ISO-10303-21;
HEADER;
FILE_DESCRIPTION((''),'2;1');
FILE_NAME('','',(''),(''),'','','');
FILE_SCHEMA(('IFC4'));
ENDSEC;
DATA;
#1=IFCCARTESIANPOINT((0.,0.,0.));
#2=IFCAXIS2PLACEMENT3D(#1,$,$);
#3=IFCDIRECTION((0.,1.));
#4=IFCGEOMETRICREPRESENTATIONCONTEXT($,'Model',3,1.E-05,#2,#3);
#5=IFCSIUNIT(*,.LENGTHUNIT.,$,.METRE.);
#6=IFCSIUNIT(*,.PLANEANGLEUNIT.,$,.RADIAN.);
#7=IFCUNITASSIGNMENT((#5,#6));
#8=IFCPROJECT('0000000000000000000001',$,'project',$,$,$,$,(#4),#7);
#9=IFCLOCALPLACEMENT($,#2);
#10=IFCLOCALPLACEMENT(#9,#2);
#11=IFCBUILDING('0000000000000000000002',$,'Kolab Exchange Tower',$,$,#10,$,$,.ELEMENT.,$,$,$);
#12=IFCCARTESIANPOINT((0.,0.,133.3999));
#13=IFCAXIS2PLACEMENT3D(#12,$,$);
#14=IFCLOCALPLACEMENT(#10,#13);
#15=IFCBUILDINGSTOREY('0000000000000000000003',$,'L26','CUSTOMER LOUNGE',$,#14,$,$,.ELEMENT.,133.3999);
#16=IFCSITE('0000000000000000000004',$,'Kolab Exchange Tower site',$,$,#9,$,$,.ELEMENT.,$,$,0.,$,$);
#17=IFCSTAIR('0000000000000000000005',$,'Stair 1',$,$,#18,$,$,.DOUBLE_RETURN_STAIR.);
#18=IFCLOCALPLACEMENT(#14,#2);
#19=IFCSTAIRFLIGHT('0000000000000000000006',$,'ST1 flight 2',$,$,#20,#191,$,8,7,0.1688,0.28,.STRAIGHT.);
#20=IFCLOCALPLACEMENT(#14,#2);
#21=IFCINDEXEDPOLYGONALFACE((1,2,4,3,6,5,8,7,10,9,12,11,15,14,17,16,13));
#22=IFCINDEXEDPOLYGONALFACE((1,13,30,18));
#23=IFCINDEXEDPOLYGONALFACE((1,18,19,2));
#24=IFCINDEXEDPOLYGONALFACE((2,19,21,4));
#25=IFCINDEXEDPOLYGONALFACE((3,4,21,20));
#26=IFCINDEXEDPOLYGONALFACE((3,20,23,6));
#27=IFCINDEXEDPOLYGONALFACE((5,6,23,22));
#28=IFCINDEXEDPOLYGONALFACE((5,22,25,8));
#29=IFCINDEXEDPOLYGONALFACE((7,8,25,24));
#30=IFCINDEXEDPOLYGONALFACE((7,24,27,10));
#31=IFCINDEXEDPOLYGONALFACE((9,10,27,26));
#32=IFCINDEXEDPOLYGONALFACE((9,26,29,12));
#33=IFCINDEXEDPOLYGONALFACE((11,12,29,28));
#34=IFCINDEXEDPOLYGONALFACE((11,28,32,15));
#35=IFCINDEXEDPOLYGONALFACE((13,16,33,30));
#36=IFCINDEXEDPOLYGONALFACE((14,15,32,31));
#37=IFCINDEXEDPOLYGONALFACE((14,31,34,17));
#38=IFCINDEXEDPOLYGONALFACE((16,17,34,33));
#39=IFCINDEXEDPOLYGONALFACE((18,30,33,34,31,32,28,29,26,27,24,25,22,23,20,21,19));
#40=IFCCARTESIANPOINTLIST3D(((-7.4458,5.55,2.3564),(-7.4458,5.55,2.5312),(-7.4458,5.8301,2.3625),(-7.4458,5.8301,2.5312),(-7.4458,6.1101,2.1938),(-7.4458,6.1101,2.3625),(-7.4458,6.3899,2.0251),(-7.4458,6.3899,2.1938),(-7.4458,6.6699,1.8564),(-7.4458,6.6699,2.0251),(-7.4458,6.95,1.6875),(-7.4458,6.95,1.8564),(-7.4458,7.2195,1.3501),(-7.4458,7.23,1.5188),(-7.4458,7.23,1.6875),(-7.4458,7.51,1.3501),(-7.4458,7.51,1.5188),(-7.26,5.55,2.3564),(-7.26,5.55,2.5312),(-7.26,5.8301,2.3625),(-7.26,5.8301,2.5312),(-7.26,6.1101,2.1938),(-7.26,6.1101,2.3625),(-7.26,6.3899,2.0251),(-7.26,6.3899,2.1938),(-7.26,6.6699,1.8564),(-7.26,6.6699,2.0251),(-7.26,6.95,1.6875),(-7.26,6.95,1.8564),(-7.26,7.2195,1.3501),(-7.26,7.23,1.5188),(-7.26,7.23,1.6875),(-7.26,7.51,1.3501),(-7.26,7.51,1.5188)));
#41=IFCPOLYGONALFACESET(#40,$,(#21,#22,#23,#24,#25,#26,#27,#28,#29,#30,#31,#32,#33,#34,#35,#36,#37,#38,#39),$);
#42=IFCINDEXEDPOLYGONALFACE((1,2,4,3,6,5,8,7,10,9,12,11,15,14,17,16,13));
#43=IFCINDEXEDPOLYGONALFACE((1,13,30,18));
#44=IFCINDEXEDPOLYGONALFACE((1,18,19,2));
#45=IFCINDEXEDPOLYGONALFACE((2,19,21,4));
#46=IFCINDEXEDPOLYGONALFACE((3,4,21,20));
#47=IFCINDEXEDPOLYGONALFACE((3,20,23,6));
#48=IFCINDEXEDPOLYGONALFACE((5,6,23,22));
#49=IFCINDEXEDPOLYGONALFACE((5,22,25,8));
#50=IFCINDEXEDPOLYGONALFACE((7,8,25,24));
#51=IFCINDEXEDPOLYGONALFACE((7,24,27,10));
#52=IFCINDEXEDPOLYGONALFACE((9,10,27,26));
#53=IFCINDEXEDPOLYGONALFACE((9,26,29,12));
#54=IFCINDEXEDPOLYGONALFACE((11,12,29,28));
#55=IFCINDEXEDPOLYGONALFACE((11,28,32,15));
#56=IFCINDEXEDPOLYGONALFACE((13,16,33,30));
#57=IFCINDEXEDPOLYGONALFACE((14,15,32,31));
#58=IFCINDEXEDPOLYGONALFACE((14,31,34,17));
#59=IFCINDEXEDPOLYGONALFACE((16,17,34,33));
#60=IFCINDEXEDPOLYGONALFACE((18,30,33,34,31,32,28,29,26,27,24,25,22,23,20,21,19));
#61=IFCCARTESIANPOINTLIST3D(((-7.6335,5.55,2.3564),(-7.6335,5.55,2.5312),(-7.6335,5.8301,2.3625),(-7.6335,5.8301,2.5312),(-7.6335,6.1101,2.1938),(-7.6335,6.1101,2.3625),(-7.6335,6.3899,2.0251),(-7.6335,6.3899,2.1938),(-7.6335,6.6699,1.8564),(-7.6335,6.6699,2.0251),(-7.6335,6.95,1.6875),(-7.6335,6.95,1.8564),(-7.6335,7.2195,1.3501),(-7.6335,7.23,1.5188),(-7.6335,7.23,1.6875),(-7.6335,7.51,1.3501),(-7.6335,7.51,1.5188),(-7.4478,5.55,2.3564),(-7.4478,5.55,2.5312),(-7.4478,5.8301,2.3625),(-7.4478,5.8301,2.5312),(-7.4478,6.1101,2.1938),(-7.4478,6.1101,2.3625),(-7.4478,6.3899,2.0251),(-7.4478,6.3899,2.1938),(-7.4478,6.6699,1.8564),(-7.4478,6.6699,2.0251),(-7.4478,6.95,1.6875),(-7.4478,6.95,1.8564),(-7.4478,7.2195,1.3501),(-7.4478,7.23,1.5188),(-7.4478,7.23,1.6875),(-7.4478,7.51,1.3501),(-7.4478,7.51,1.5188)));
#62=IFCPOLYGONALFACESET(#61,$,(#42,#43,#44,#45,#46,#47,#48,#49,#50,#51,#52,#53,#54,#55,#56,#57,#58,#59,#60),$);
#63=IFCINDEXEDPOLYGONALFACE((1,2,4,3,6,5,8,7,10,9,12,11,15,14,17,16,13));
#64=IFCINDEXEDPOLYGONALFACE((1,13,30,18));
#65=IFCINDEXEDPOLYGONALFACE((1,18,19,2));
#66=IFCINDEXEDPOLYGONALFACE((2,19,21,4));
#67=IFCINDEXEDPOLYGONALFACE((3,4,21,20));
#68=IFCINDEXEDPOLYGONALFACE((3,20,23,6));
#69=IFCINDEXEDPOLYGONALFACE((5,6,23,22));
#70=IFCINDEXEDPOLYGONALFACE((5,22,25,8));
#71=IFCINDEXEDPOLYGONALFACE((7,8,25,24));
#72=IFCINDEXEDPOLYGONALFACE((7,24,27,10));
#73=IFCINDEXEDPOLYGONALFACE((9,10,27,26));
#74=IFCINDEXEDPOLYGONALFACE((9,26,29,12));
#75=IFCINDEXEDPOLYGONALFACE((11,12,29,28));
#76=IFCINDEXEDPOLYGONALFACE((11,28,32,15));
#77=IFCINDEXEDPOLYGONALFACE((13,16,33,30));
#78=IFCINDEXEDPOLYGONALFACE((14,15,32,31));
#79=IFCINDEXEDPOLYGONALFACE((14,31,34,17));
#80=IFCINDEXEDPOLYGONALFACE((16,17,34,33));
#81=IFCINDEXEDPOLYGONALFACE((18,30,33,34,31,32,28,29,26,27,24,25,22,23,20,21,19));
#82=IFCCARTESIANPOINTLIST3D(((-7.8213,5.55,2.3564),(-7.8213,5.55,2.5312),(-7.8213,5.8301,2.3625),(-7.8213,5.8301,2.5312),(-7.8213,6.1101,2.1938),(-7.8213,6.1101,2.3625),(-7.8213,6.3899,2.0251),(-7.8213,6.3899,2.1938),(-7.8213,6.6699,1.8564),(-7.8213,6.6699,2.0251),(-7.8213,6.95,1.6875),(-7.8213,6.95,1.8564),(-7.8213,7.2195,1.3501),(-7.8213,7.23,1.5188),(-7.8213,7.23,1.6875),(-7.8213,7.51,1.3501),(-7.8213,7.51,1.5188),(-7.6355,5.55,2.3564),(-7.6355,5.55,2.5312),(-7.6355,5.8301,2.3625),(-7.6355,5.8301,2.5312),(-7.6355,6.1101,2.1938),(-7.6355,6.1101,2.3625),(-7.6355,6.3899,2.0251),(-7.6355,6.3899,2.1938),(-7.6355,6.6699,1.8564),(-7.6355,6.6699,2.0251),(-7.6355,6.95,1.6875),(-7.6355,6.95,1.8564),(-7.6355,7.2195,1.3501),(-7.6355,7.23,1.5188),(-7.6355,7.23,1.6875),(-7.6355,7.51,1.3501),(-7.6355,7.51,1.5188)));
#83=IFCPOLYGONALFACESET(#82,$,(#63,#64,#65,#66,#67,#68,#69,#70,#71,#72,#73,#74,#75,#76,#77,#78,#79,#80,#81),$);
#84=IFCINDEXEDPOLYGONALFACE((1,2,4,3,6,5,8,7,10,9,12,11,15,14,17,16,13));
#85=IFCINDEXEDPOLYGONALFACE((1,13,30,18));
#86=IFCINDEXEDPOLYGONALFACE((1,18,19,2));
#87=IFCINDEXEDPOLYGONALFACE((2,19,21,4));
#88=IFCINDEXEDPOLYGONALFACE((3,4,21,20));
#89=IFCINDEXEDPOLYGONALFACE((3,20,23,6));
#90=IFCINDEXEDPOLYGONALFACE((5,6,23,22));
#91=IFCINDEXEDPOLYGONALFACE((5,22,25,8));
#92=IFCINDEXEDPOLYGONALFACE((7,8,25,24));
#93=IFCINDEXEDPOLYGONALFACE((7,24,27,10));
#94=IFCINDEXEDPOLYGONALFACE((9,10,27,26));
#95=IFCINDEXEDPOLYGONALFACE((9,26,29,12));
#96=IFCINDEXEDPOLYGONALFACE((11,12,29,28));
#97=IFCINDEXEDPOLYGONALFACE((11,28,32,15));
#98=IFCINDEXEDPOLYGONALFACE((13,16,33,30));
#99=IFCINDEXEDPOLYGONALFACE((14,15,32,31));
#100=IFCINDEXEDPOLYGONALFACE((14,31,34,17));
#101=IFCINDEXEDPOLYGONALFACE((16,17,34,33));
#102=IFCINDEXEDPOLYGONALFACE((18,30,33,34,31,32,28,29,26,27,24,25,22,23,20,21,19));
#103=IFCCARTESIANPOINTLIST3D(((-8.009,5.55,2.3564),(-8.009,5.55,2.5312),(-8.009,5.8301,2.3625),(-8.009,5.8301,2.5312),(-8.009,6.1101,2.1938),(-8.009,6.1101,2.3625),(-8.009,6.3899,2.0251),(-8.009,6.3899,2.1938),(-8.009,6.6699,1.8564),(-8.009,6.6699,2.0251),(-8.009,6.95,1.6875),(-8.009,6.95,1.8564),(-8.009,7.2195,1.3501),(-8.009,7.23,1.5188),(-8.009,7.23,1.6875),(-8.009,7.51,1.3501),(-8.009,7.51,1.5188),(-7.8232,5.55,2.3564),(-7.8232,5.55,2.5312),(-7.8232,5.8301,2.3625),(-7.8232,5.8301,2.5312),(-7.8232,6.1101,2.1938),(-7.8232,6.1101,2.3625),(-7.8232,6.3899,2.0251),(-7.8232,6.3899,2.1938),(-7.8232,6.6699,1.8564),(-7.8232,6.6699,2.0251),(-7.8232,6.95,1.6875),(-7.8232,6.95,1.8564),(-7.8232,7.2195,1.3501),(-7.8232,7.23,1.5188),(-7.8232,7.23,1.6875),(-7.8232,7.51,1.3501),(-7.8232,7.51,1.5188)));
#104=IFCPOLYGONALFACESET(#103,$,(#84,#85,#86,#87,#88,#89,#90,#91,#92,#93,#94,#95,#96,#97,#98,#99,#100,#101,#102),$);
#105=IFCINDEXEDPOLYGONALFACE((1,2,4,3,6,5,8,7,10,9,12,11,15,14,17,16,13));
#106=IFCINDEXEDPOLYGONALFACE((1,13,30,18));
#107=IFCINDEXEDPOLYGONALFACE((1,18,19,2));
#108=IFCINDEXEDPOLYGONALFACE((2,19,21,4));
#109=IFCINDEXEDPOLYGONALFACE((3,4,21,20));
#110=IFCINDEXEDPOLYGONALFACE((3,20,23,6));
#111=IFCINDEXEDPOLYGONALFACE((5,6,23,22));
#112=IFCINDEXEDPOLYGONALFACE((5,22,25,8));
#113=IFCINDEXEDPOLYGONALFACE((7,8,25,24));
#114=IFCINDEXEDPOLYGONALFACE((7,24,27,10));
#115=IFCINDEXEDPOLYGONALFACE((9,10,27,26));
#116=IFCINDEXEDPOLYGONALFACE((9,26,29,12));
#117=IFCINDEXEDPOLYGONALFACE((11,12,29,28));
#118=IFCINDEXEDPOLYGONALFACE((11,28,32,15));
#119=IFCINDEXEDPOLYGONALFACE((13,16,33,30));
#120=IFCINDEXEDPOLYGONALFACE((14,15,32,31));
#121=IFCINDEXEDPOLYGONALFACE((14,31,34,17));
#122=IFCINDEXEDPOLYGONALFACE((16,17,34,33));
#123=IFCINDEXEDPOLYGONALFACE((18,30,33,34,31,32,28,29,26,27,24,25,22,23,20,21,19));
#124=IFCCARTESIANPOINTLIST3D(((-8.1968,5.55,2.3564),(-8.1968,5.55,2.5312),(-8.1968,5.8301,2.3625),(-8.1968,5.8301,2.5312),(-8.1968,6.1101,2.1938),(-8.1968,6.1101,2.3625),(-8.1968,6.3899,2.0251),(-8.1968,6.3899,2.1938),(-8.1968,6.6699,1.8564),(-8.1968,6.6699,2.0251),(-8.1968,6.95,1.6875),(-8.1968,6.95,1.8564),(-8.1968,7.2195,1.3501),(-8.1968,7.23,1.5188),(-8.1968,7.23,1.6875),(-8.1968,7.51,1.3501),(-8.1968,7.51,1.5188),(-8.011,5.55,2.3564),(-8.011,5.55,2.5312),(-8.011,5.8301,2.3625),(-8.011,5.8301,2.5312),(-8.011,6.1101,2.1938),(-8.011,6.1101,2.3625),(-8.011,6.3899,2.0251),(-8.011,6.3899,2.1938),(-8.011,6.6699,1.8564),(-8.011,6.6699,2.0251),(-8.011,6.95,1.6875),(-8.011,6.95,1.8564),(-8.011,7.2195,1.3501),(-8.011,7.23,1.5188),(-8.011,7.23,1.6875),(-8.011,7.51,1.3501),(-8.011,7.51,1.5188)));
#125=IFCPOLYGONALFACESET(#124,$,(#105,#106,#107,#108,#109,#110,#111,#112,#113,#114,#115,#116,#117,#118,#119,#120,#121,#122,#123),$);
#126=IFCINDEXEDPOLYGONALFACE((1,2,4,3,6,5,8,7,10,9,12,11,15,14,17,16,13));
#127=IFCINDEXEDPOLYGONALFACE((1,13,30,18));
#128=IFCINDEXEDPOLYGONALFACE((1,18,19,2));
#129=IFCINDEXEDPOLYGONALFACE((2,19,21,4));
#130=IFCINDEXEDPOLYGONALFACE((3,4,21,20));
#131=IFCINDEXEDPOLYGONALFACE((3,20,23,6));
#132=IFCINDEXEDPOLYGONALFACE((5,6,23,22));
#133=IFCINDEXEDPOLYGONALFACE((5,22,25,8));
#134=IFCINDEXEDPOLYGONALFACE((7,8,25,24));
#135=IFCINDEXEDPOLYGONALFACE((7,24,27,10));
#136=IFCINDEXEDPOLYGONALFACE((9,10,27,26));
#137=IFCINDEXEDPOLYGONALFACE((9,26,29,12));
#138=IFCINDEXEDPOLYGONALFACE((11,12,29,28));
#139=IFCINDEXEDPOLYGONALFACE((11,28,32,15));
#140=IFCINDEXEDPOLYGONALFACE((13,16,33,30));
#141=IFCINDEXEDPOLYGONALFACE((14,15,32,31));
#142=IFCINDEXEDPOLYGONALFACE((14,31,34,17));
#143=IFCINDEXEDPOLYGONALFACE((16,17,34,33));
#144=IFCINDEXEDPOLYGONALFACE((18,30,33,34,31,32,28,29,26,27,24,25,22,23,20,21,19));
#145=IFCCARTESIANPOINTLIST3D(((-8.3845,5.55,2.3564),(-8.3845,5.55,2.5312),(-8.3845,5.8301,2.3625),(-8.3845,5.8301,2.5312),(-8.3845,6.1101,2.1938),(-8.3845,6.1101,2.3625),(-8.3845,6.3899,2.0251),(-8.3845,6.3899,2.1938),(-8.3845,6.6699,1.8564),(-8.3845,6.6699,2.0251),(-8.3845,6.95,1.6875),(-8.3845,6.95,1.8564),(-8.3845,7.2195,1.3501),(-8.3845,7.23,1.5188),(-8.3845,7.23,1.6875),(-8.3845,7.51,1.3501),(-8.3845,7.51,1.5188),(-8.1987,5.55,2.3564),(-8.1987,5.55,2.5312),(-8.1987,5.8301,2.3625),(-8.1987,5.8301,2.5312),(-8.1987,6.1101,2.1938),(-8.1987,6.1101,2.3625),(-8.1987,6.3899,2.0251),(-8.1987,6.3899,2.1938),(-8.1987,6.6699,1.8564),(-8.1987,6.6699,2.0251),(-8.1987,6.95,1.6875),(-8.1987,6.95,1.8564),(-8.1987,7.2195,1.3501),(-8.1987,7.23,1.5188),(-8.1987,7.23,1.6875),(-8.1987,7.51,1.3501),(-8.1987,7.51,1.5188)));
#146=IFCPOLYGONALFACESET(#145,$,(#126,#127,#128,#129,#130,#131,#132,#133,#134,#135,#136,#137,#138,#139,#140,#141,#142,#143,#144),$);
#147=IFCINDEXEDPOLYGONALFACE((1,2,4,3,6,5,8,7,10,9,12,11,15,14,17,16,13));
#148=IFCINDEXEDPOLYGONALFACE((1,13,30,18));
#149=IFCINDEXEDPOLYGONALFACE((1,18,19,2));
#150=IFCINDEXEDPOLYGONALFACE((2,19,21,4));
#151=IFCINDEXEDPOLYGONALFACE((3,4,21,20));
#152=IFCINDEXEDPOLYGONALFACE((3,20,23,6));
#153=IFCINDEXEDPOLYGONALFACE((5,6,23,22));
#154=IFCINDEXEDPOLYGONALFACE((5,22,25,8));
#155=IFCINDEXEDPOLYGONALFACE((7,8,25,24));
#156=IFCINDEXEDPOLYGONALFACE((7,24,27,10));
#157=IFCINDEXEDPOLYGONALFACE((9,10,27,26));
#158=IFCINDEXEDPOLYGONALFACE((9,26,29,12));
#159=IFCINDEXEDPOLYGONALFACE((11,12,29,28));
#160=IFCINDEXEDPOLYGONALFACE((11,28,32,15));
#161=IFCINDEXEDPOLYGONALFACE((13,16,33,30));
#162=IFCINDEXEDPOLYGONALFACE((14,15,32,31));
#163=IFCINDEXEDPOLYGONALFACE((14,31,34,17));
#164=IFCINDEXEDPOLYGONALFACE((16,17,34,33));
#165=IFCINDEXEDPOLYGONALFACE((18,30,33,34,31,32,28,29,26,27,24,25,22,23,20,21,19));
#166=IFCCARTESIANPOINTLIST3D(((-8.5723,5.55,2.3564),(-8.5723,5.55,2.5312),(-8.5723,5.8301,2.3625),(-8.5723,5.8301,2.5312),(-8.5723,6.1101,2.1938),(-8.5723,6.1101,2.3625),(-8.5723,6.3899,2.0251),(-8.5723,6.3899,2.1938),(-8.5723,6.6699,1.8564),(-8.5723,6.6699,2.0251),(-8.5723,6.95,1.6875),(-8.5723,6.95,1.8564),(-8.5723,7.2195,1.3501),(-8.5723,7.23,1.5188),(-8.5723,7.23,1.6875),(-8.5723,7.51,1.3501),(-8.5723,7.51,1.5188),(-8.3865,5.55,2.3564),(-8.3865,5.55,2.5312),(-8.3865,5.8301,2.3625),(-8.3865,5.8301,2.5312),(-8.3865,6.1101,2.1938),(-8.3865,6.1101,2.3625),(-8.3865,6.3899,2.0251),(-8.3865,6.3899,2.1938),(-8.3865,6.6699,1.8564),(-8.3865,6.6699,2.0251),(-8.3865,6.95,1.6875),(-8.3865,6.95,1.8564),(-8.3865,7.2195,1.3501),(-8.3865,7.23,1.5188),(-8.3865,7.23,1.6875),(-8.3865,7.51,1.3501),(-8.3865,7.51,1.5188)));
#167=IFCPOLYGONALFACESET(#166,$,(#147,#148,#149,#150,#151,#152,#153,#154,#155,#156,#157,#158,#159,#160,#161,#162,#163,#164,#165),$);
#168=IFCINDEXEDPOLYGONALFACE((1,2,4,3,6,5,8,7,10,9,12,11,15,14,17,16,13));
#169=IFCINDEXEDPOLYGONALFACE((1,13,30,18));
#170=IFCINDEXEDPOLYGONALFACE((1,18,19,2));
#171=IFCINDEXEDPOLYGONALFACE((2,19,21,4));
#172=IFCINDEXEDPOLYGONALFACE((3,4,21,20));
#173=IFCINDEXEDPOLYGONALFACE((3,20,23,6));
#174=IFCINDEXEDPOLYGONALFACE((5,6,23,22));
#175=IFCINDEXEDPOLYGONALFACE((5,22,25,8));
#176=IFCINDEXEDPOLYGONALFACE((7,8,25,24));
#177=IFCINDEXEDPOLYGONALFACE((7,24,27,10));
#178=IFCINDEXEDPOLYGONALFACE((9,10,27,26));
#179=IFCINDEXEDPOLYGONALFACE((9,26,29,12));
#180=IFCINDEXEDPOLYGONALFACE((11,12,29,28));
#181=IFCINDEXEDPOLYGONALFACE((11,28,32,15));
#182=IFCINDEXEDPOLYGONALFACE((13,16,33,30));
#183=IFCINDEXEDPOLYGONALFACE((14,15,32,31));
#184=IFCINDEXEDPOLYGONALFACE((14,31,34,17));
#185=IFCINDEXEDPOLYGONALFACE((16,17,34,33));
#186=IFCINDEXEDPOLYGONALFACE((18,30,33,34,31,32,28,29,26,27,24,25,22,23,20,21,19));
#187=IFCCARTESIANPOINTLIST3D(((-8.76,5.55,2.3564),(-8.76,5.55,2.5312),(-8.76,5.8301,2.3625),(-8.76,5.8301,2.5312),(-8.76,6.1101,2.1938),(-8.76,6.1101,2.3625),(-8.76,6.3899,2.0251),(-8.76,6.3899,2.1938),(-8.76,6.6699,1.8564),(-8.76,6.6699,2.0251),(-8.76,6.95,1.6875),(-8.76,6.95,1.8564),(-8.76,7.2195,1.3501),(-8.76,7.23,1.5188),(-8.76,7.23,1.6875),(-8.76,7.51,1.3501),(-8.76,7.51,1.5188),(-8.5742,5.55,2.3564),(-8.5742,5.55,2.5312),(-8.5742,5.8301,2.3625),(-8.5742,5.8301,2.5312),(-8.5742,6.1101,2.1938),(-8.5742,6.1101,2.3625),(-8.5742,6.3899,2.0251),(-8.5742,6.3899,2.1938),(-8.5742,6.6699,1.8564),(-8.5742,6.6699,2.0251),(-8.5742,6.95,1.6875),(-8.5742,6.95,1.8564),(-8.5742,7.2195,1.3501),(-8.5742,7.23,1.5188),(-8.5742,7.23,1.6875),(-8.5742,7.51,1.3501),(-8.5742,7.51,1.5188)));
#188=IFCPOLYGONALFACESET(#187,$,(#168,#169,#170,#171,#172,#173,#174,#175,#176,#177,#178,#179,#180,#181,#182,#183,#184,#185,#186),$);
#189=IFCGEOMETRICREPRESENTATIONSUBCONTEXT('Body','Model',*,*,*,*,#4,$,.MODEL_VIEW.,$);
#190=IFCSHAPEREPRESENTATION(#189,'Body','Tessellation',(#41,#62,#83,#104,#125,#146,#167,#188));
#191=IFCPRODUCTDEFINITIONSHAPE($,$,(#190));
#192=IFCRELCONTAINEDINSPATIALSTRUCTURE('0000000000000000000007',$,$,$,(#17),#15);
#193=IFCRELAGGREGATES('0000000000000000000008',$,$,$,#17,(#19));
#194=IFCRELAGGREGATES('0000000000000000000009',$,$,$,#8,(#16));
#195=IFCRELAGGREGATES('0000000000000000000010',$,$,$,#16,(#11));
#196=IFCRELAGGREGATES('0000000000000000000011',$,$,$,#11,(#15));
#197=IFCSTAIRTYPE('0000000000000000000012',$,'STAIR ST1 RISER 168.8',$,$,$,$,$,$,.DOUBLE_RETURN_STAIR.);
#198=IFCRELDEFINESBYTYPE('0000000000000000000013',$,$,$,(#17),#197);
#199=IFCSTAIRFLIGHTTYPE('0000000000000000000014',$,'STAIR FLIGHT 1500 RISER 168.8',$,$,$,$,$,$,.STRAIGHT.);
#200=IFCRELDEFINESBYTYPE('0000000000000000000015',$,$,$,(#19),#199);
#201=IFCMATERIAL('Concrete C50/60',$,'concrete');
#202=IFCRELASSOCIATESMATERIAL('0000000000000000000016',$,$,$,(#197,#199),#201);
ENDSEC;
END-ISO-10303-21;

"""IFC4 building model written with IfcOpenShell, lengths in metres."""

from ifc_helpers import new_model, si_unit, direction, frame, origin, place, context, subcontext, project, spatial, polyline, outline, extrude, material, type_object, element, aggregate, save


model = new_model("IFC4")

# Units and contexts
model_context = context("Model", 3, precision=1e-05, world=origin(), true_north=direction((0.0, 1.0)))
body_context = subcontext(model_context, "Body", "Model", "MODEL_VIEW")
ifc_project = project(units=[si_unit("LENGTHUNIT", "METRE"), si_unit("PLANEANGLEUNIT", "RADIAN")], contexts=[model_context])

# Site, building, storey
site_placement = place(None, origin())
site = spatial("IfcSite", under=ifc_project, at=site_placement, Name="Kolab Exchange Tower site", CompositionType="ELEMENT", RefElevation=0.0)
building_placement = place(site_placement, origin())
building = spatial("IfcBuilding", under=site, at=building_placement, Name="Kolab Exchange Tower", CompositionType="ELEMENT")
storey_placement = place(building_placement, frame((0.0, 0.0, 133.3999)))
storey = spatial("IfcBuildingStorey", under=building, at=storey_placement, Name="L26", Description="CUSTOMER LOUNGE", CompositionType="ELEMENT", Elevation=133.3999)

# Shared definitions
ifc_material_1 = material(Name="Concrete C50/60", Category="concrete")

# Stair, stair flight
stair_type = type_object("IfcStairType", Name="STAIR ST1 RISER 168.8", PredefinedType="DOUBLE_RETURN_STAIR", material=ifc_material_1)
stair_placement = place(storey_placement, origin())
stair = element("IfcStair", 1, at=stair_placement, inside=storey, type_object=stair_type, Name="Stair 1", PredefinedType="DOUBLE_RETURN_STAIR")
stair_flight_type = type_object("IfcStairFlightType", Name="STAIR FLIGHT 1500 RISER 168.8", PredefinedType="STRAIGHT", material=ifc_material_1)
stair_flight_1_placement = place(storey_placement, frame((-8.01, 7.51, 1.3501), z_axis=(0.0, 0.0, 1.0), x_axis=(0.0, -1.0, 0.0)))
stair_flight_1 = element("IfcStairFlight", 2, at=stair_flight_1_placement, type_object=stair_flight_type, Name="ST1 flight 2", NumberOfRisers=8, NumberOfTreads=7, PredefinedType="STRAIGHT", RiserHeight=0.1688, TreadLength=0.28, context=body_context, shape_type="SweptSolid", body=[
    extrude(outline(polyline([(0.0, 0.0), (0.0, 0.1687), (0.28, 0.1687), (0.28, 0.3374), (0.5601, 0.3374), (0.5601, 0.5063), (0.8401, 0.5063), (0.8401, 0.675), (1.1201, 0.675), (1.1201, 0.8438), (1.3999, 0.8438), (1.3999, 1.0125), (1.6799, 1.0125), (1.6799, 1.1812), (1.96, 1.1812), (1.96, 1.3501), (1.96, 1.0063), (0.2905, 0.0), (0.0, 0.0)])), frame((0.0, 0.75, 0.0), z_axis=(0.0, -1.0, 0.0), x_axis=(1.0, 0.0, 0.0)), (0.0, 0.0, 1.0), 0.1858),
    extrude(outline(polyline([(0.0, 0.0), (0.0, 0.1687), (0.28, 0.1687), (0.28, 0.3374), (0.5601, 0.3374), (0.5601, 0.5063), (0.8401, 0.5063), (0.8401, 0.675), (1.1201, 0.675), (1.1201, 0.8438), (1.3999, 0.8438), (1.3999, 1.0125), (1.6799, 1.0125), (1.6799, 1.1812), (1.96, 1.1812), (1.96, 1.3501), (1.96, 1.0063), (0.2905, 0.0), (0.0, 0.0)])), frame((0.0, 0.5623, 0.0), z_axis=(0.0, -1.0, 0.0), x_axis=(1.0, 0.0, 0.0)), (0.0, 0.0, 1.0), 0.1858),
    extrude(outline(polyline([(0.0, 0.0), (0.0, 0.1687), (0.28, 0.1687), (0.28, 0.3374), (0.5601, 0.3374), (0.5601, 0.5063), (0.8401, 0.5063), (0.8401, 0.675), (1.1201, 0.675), (1.1201, 0.8438), (1.3999, 0.8438), (1.3999, 1.0125), (1.6799, 1.0125), (1.6799, 1.1812), (1.96, 1.1812), (1.96, 1.3501), (1.96, 1.0063), (0.2905, 0.0), (0.0, 0.0)])), frame((0.0, 0.3745, 0.0), z_axis=(0.0, -1.0, 0.0), x_axis=(1.0, 0.0, 0.0)), (0.0, 0.0, 1.0), 0.1858),
    extrude(outline(polyline([(0.0, 0.0), (0.0, 0.1687), (0.28, 0.1687), (0.28, 0.3374), (0.5601, 0.3374), (0.5601, 0.5063), (0.8401, 0.5063), (0.8401, 0.675), (1.1201, 0.675), (1.1201, 0.8438), (1.3999, 0.8438), (1.3999, 1.0125), (1.6799, 1.0125), (1.6799, 1.1812), (1.96, 1.1812), (1.96, 1.3501), (1.96, 1.0063), (0.2905, 0.0), (0.0, 0.0)])), frame((0.0, 0.1868, 0.0), z_axis=(0.0, -1.0, 0.0), x_axis=(1.0, 0.0, 0.0)), (0.0, 0.0, 1.0), 0.1858),
    extrude(outline(polyline([(0.0, 0.0), (0.0, 0.1687), (0.28, 0.1687), (0.28, 0.3374), (0.5601, 0.3374), (0.5601, 0.5063), (0.8401, 0.5063), (0.8401, 0.675), (1.1201, 0.675), (1.1201, 0.8438), (1.3999, 0.8438), (1.3999, 1.0125), (1.6799, 1.0125), (1.6799, 1.1812), (1.96, 1.1812), (1.96, 1.3501), (1.96, 1.0063), (0.2905, 0.0), (0.0, 0.0)])), frame((0.0, -0.001, 0.0), z_axis=(0.0, -1.0, 0.0), x_axis=(1.0, 0.0, 0.0)), (0.0, 0.0, 1.0), 0.1858),
    extrude(outline(polyline([(0.0, 0.0), (0.0, 0.1687), (0.28, 0.1687), (0.28, 0.3374), (0.5601, 0.3374), (0.5601, 0.5063), (0.8401, 0.5063), (0.8401, 0.675), (1.1201, 0.675), (1.1201, 0.8438), (1.3999, 0.8438), (1.3999, 1.0125), (1.6799, 1.0125), (1.6799, 1.1812), (1.96, 1.1812), (1.96, 1.3501), (1.96, 1.0063), (0.2905, 0.0), (0.0, 0.0)])), frame((0.0, -0.1887, 0.0), z_axis=(0.0, -1.0, 0.0), x_axis=(1.0, 0.0, 0.0)), (0.0, 0.0, 1.0), 0.1858),
    extrude(outline(polyline([(0.0, 0.0), (0.0, 0.1687), (0.28, 0.1687), (0.28, 0.3374), (0.5601, 0.3374), (0.5601, 0.5063), (0.8401, 0.5063), (0.8401, 0.675), (1.1201, 0.675), (1.1201, 0.8438), (1.3999, 0.8438), (1.3999, 1.0125), (1.6799, 1.0125), (1.6799, 1.1812), (1.96, 1.1812), (1.96, 1.3501), (1.96, 1.0063), (0.2905, 0.0), (0.0, 0.0)])), frame((0.0, -0.3765, 0.0), z_axis=(0.0, -1.0, 0.0), x_axis=(1.0, 0.0, 0.0)), (0.0, 0.0, 1.0), 0.1858),
    extrude(outline(polyline([(0.0, 0.0), (0.0, 0.1687), (0.28, 0.1687), (0.28, 0.3374), (0.5601, 0.3374), (0.5601, 0.5063), (0.8401, 0.5063), (0.8401, 0.675), (1.1201, 0.675), (1.1201, 0.8438), (1.3999, 0.8438), (1.3999, 1.0125), (1.6799, 1.0125), (1.6799, 1.1812), (1.96, 1.1812), (1.96, 1.3501), (1.96, 1.0063), (0.2905, 0.0), (0.0, 0.0)])), frame((0.0, -0.5642, 0.0), z_axis=(0.0, -1.0, 0.0), x_axis=(1.0, 0.0, 0.0)), (0.0, 0.0, 1.0), 0.1858),
])
aggregate(stair, [stair_flight_1])

save(model, "model.ifc")
